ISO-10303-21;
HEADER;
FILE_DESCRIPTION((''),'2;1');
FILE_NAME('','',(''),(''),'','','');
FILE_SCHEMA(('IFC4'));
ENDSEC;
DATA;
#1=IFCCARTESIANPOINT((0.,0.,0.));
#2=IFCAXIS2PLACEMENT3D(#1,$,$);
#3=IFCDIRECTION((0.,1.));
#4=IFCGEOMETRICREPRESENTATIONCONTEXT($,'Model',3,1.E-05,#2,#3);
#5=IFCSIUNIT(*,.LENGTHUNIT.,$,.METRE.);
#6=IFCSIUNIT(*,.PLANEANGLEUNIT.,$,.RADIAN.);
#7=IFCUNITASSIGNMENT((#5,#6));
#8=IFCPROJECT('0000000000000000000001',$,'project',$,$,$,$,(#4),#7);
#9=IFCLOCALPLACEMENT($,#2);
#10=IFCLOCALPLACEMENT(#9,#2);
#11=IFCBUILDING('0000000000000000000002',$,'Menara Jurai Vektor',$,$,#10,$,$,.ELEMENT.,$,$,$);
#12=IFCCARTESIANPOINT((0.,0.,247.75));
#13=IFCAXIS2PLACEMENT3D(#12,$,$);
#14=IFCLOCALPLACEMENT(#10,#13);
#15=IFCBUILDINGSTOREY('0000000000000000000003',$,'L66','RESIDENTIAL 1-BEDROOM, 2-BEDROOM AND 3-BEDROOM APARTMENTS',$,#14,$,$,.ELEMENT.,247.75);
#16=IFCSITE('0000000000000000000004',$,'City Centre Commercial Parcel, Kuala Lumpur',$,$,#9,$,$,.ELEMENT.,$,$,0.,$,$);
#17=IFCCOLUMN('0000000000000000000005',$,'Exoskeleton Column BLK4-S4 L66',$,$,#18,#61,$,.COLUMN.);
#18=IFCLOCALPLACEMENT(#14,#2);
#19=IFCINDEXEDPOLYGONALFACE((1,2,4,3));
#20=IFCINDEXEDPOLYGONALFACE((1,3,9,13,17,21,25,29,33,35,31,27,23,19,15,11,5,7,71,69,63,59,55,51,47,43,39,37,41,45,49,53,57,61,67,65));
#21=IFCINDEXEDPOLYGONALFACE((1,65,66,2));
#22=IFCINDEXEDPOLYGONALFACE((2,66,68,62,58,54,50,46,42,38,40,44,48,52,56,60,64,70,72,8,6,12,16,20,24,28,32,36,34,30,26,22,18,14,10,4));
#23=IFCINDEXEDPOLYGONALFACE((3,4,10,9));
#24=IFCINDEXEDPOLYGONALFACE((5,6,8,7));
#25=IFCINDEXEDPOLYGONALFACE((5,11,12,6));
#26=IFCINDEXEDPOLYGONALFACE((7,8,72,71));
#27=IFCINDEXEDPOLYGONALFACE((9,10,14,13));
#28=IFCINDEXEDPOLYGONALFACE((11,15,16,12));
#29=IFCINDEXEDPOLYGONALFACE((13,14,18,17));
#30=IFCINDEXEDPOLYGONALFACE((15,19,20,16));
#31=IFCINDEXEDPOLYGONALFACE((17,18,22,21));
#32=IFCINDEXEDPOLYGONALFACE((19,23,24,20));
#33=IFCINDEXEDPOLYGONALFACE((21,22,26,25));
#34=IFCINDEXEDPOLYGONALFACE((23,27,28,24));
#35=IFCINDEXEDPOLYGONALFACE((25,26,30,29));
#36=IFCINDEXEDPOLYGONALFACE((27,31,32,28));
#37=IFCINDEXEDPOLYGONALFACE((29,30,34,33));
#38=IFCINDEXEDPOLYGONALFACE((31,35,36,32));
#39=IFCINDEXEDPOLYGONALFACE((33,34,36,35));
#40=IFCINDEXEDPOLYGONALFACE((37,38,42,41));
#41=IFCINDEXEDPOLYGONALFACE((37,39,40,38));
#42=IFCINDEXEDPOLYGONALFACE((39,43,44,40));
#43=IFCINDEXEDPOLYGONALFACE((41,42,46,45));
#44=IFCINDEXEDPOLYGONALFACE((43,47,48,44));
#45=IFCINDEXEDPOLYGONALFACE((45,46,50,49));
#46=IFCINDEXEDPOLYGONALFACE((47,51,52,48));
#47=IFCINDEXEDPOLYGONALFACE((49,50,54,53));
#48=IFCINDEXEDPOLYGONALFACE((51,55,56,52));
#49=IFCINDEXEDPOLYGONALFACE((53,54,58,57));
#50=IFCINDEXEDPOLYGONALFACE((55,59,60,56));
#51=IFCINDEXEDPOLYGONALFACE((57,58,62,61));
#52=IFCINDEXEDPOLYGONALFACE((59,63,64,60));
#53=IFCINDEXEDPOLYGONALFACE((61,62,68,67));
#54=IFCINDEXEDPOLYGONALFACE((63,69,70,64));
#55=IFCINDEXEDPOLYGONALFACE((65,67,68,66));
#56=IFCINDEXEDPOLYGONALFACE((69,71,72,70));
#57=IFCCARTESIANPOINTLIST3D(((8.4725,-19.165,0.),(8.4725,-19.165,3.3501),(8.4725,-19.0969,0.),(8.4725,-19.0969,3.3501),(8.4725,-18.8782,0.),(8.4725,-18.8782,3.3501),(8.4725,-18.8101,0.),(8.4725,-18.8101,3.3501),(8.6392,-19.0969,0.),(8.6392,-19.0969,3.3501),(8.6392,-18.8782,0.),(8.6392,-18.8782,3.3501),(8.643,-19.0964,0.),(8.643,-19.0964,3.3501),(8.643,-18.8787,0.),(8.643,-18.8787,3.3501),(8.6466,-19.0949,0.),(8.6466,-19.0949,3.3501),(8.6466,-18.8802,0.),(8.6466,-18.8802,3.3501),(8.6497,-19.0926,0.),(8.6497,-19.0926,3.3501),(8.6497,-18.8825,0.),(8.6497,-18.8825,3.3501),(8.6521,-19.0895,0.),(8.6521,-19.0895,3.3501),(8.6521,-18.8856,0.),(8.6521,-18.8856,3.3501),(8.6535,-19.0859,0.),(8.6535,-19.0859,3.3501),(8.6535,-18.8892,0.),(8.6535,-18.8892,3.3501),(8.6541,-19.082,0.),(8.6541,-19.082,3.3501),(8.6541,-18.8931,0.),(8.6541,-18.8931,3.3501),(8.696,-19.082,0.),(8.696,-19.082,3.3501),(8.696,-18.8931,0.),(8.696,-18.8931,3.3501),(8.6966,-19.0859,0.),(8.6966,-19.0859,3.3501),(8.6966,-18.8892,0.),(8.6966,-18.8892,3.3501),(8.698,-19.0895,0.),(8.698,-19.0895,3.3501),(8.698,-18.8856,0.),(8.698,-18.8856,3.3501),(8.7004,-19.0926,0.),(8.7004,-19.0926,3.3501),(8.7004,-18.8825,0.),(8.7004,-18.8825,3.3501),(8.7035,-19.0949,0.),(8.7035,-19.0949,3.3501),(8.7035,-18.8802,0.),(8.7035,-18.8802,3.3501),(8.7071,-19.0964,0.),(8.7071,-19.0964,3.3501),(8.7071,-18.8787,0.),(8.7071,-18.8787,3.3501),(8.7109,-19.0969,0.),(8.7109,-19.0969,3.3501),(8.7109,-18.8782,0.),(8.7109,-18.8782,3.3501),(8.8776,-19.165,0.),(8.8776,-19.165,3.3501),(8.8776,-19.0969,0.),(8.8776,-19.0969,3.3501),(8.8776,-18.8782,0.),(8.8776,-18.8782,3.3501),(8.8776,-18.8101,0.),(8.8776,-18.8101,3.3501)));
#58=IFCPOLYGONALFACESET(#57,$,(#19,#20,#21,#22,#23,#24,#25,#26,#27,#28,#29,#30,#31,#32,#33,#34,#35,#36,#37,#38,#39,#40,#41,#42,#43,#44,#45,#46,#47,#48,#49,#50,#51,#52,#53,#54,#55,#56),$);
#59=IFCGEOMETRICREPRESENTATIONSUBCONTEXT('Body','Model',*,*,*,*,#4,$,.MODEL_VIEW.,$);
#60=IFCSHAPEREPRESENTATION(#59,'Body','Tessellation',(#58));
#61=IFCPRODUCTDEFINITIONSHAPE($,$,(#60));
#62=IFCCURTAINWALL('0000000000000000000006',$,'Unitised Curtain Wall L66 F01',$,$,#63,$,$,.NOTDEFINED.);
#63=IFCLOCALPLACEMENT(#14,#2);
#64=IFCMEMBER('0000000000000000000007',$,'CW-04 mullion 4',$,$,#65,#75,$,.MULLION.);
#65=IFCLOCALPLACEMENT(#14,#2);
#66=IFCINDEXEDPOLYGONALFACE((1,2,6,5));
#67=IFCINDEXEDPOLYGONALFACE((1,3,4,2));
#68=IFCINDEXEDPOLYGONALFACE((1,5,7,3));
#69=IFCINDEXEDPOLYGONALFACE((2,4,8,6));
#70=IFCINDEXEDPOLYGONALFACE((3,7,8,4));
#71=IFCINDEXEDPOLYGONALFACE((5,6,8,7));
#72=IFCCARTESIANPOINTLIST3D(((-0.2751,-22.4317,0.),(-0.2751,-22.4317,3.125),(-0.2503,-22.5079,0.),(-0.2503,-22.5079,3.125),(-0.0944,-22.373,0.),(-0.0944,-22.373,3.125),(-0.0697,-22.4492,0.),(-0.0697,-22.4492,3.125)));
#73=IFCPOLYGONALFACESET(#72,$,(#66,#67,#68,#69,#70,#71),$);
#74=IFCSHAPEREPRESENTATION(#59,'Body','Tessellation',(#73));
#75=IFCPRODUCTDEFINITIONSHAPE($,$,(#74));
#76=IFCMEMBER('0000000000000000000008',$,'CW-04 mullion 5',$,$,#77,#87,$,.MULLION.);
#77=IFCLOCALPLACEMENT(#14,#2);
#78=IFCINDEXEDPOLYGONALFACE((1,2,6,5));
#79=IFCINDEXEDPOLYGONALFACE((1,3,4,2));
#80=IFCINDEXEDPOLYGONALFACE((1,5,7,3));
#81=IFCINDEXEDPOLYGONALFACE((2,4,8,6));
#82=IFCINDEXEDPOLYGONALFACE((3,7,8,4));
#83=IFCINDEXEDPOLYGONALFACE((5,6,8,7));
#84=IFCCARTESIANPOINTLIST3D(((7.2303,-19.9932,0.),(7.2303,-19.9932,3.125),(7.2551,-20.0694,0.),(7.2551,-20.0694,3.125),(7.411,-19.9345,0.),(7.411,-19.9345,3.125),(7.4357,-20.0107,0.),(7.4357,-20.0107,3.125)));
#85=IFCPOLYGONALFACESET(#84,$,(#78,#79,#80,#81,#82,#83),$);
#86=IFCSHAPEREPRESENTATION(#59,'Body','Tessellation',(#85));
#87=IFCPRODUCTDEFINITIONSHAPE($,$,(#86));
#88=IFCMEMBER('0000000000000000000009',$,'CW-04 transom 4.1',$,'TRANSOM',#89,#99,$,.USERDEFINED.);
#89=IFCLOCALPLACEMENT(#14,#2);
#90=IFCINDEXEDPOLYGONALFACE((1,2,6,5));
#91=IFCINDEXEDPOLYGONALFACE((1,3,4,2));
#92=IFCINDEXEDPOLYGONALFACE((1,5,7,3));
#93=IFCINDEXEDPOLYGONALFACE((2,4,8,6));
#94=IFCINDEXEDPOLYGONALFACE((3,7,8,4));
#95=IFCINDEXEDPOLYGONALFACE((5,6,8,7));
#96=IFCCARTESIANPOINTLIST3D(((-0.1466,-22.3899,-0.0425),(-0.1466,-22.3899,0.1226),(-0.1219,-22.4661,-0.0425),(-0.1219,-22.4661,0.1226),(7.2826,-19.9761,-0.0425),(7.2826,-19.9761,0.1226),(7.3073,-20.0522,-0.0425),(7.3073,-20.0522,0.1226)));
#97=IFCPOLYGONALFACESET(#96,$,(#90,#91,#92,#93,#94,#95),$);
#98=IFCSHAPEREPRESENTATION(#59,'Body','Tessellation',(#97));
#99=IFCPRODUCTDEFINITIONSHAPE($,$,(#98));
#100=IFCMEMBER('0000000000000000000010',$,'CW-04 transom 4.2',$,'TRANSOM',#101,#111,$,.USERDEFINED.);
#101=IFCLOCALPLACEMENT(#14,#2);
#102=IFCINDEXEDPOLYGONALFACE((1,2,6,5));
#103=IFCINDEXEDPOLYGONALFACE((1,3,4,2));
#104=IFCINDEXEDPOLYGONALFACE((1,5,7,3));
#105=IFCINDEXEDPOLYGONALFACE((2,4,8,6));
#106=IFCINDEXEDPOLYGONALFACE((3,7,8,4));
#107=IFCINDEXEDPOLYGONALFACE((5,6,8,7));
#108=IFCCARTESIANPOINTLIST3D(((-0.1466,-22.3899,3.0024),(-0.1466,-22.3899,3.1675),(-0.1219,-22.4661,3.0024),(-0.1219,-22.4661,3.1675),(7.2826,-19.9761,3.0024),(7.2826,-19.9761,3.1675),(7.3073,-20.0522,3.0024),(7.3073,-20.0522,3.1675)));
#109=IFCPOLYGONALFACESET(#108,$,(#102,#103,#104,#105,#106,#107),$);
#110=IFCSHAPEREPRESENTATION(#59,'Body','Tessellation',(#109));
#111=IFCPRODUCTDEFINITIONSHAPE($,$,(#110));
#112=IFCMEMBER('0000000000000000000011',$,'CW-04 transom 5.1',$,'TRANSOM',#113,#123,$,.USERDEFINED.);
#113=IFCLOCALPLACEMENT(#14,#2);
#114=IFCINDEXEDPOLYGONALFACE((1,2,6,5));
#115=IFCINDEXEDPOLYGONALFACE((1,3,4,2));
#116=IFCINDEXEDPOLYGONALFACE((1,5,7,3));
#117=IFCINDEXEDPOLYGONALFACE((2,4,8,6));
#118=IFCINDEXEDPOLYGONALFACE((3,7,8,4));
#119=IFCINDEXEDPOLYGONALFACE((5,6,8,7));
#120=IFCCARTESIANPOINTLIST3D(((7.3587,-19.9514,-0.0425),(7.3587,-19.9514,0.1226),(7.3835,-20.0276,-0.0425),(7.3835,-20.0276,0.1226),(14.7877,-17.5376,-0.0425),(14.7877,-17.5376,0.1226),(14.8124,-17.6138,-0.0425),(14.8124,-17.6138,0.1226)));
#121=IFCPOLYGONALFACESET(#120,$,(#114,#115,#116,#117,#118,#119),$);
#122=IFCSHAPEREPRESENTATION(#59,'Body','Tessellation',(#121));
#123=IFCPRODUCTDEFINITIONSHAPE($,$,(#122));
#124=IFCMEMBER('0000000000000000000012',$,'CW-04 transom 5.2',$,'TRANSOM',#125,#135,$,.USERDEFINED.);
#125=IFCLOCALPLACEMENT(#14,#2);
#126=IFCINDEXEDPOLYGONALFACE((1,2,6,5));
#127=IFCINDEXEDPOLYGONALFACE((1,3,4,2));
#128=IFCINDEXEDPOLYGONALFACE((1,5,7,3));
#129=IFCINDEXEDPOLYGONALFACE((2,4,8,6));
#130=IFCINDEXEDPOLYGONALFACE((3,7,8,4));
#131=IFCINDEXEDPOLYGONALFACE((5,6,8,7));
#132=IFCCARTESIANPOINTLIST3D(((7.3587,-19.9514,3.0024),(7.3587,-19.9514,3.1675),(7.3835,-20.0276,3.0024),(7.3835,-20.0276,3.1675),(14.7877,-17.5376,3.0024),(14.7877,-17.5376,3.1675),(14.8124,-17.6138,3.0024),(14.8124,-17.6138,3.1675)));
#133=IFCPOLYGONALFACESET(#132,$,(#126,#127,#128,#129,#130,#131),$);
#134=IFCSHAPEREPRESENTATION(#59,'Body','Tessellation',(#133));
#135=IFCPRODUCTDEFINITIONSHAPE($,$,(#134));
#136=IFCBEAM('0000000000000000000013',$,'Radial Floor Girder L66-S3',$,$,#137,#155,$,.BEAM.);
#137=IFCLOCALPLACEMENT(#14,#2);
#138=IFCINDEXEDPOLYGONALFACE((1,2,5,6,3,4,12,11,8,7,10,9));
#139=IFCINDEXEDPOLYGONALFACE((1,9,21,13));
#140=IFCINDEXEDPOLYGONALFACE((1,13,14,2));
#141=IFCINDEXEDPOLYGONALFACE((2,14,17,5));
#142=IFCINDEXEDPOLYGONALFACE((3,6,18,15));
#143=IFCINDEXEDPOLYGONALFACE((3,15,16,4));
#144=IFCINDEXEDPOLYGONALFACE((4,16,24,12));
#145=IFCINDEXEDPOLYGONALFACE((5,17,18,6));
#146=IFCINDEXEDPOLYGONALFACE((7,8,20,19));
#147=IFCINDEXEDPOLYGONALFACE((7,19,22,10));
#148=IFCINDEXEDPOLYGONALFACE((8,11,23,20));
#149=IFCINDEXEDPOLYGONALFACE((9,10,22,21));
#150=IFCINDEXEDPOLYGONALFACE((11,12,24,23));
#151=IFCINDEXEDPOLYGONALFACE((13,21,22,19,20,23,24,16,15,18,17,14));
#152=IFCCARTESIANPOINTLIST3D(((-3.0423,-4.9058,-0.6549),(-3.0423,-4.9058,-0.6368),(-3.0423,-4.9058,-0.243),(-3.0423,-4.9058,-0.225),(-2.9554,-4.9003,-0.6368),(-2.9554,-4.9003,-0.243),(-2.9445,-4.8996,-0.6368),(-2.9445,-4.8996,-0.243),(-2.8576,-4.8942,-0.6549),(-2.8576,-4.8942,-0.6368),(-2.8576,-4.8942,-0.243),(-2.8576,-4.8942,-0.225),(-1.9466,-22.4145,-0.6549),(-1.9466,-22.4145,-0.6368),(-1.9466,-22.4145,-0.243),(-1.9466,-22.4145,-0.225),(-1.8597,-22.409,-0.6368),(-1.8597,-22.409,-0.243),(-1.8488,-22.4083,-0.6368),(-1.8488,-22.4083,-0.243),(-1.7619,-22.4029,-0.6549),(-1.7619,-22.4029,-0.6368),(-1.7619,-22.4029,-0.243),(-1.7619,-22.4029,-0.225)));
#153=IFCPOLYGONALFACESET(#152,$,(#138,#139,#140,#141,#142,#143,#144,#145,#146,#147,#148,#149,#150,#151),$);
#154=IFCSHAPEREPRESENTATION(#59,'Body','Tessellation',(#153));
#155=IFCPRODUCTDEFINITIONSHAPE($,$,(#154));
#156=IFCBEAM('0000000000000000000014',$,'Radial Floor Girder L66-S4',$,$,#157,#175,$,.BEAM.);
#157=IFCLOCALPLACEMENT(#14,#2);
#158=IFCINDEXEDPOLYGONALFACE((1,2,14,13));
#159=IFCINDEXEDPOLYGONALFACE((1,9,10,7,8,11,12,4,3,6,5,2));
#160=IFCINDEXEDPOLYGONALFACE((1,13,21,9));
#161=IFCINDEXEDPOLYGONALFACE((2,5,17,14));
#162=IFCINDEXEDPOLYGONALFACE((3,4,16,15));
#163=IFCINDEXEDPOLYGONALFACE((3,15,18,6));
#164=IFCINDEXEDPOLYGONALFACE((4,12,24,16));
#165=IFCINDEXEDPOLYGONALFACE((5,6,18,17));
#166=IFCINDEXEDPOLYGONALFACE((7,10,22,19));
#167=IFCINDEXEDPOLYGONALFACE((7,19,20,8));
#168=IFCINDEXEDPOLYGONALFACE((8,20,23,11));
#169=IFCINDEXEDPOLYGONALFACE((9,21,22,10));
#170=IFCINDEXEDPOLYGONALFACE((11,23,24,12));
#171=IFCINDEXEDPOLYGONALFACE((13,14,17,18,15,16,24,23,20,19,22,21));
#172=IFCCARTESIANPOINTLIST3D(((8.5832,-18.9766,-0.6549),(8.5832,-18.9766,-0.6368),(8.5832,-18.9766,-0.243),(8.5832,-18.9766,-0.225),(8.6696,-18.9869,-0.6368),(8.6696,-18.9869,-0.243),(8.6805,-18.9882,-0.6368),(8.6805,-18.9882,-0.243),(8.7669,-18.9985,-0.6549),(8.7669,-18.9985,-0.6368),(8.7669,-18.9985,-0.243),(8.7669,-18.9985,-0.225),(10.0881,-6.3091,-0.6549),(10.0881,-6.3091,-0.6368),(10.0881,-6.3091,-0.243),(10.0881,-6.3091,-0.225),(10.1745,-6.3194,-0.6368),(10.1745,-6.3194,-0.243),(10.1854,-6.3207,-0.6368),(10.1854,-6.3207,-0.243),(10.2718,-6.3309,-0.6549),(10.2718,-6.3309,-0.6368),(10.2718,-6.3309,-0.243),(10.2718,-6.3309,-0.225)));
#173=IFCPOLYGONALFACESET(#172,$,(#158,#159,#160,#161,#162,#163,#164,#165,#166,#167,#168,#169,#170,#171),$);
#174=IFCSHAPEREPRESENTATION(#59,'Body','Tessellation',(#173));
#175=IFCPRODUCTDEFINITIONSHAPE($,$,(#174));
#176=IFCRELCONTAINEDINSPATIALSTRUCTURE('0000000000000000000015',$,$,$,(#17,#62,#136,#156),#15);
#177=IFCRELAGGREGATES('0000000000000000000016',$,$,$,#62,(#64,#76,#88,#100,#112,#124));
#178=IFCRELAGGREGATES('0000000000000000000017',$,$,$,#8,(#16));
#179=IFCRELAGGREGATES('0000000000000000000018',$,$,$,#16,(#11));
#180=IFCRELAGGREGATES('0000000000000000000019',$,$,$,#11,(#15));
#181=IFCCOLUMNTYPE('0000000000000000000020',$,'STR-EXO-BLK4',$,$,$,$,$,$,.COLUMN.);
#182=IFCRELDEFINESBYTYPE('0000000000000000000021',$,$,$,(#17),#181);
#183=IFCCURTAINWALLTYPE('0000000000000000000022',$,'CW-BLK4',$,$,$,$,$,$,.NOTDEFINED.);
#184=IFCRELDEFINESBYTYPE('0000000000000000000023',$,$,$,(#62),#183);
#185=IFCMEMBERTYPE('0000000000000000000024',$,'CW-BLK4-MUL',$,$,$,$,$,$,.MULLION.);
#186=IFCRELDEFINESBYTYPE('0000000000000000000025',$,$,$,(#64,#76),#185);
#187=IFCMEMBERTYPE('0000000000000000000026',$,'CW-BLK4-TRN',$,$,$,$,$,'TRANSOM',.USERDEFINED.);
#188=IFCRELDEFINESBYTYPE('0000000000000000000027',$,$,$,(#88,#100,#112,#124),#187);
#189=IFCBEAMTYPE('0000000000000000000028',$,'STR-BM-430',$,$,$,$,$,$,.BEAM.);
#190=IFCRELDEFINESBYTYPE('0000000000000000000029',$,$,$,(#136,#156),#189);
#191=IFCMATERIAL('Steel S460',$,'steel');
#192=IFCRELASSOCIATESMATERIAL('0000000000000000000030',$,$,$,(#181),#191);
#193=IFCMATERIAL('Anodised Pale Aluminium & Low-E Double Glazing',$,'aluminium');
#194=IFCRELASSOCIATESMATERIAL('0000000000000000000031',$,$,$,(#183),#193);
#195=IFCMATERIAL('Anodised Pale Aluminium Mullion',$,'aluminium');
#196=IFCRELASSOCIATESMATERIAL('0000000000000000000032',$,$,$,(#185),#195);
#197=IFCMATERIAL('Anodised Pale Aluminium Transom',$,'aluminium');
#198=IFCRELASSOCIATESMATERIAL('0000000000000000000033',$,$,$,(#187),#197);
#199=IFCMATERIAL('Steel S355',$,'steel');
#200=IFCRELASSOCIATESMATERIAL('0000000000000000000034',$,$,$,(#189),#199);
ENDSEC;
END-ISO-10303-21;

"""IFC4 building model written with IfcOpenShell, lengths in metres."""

from ifc_helpers import new_model, si_unit, direction, frame, origin, origin_2d, place, context, subcontext, project, spatial, rectangle, i_section, extrude, material, material_profile, profile_set, type_object, element, aggregate, save


model = new_model("IFC4")

# Units and contexts
model_context = context("Model", 3, precision=1e-05, world=origin(), true_north=direction((0.0, 1.0)))
body_context = subcontext(model_context, "Body", "Model", "MODEL_VIEW")
ifc_project = project(units=[si_unit("LENGTHUNIT", "METRE"), si_unit("PLANEANGLEUNIT", "RADIAN")], contexts=[model_context])

# Site, building, storey
site_placement = place(None, origin())
site = spatial("IfcSite", under=ifc_project, at=site_placement, Name="City Centre Commercial Parcel, Kuala Lumpur", CompositionType="ELEMENT", RefElevation=0.0)
building_placement = place(site_placement, origin())
building = spatial("IfcBuilding", under=site, at=building_placement, Name="Menara Jurai Vektor", CompositionType="ELEMENT")
storey_placement = place(building_placement, frame((0.0, 0.0, 247.75)))
storey = spatial("IfcBuildingStorey", under=building, at=storey_placement, Name="L66", Description="RESIDENTIAL 1-BEDROOM, 2-BEDROOM AND 3-BEDROOM APARTMENTS", CompositionType="ELEMENT", Elevation=247.75)

# Column
ifc_material_1 = material(Name="Steel S460", Category="steel")
ifc_material_profile_1 = material_profile(ifc_material_1, i_section(OverallWidth=0.405, OverallDepth=0.355, WebThickness=0.042, FlangeThickness=0.0681, FilletRadius=0.0149, at=origin_2d()), Name="HD 400x551")
ifc_profile_set_1 = profile_set([ifc_material_profile_1], Name="Steel S460")
column_type = type_object("IfcColumnType", Name="STR-EXO-BLK4", PredefinedType="COLUMN", material=ifc_profile_set_1)
column_placement = place(storey_placement, frame((8.675, -18.9875, 0.0), z_axis=(0.0, 0.0, 1.0), x_axis=(1.0, 0.0, 0.0)))
element("IfcColumn", 1, at=column_placement, inside=storey, type_object=column_type, Name="Exoskeleton Column BLK4-S4 L66", PredefinedType="COLUMN", context=body_context, shape_type="SweptSolid", body=[
    extrude(i_section(OverallWidth=0.405, OverallDepth=0.355, WebThickness=0.042, FlangeThickness=0.0681, FilletRadius=0.0149, at=origin_2d()), origin(), (0.0, 0.0, 1.0), 3.3501),
])

# Curtain wall, members
ifc_material_2 = material(Name="Anodised Pale Aluminium & Low-E Double Glazing", Category="aluminium")
curtain_wall_type = type_object("IfcCurtainWallType", Name="CW-BLK4", PredefinedType="NOTDEFINED", material=ifc_material_2)
curtain_wall_placement = place(storey_placement, origin())
curtain_wall = element("IfcCurtainWall", 2, at=curtain_wall_placement, inside=storey, type_object=curtain_wall_type, Name="Unitised Curtain Wall L66 F01", PredefinedType="NOTDEFINED")
ifc_material_3 = material(Name="Anodised Pale Aluminium Mullion", Category="aluminium")
ifc_material_profile_2 = material_profile(ifc_material_3, rectangle(XDim=0.0801, YDim=0.1899, at=origin_2d()), Name="ALU MUL 80x190")
ifc_profile_set_2 = profile_set([ifc_material_profile_2], Name="Anodised Pale Aluminium Mullion")
member_type_1 = type_object("IfcMemberType", Name="CW-BLK4-MUL", PredefinedType="MULLION", material=ifc_profile_set_2)
member_1_placement = place(storey_placement, frame((-0.1724, -22.4404, 0.0), z_axis=(0.0, 0.0, 1.0), x_axis=(-0.309017, 0.951056, 0.0)))
member_1 = element("IfcMember", 3, at=member_1_placement, type_object=member_type_1, Name="CW-04 mullion 4", PredefinedType="MULLION", context=body_context, shape_type="SweptSolid", body=[
    extrude(rectangle(XDim=0.0801, YDim=0.1899, at=origin_2d()), origin(), (0.0, 0.0, 1.0), 3.125),
])
member_2_placement = place(storey_placement, frame((7.333, -20.002, 0.0), z_axis=(0.0, 0.0, 1.0), x_axis=(-0.309017, 0.951056, 0.0)))
member_2 = element("IfcMember", 4, at=member_2_placement, type_object=member_type_1, Name="CW-04 mullion 5", PredefinedType="MULLION", context=body_context, shape_type="SweptSolid", body=[
    extrude(rectangle(XDim=0.0801, YDim=0.1899, at=origin_2d()), origin(), (0.0, 0.0, 1.0), 3.125),
])
ifc_material_4 = material(Name="Anodised Pale Aluminium Transom", Category="aluminium")
ifc_material_profile_3 = material_profile(ifc_material_4, rectangle(XDim=0.0801, YDim=0.165, at=origin_2d()), Name="ALU TRN 80x165")
ifc_profile_set_3 = profile_set([ifc_material_profile_3], Name="Anodised Pale Aluminium Transom")
member_type_2 = type_object("IfcMemberType", Name="CW-BLK4-TRN", ElementType="TRANSOM", PredefinedType="USERDEFINED", material=ifc_profile_set_3)
member_3_placement = place(storey_placement, frame((-0.1343, -22.428, 0.04), z_axis=(0.951059, 0.309008, 0.0), x_axis=(-0.309008, 0.951059, 0.0)))
member_3 = element("IfcMember", 5, at=member_3_placement, type_object=member_type_2, Name="CW-04 transom 4.1", ObjectType="TRANSOM", PredefinedType="USERDEFINED", context=body_context, shape_type="SweptSolid", body=[
    extrude(rectangle(XDim=0.0801, YDim=0.165, at=origin_2d()), origin(), (0.0, 0.0, 1.0), 7.8115),
])
member_4_placement = place(storey_placement, frame((-0.1343, -22.428, 3.085), z_axis=(0.951059, 0.309008, 0.0), x_axis=(-0.309008, 0.951059, 0.0)))
member_4 = element("IfcMember", 6, at=member_4_placement, type_object=member_type_2, Name="CW-04 transom 4.2", ObjectType="TRANSOM", PredefinedType="USERDEFINED", context=body_context, shape_type="SweptSolid", body=[
    extrude(rectangle(XDim=0.0801, YDim=0.165, at=origin_2d()), origin(), (0.0, 0.0, 1.0), 7.8115),
])
member_5_placement = place(storey_placement, frame((7.3711, -19.9895, 0.04), z_axis=(0.951056, 0.309018, 0.0), x_axis=(-0.309018, 0.951056, 0.0)))
member_5 = element("IfcMember", 7, at=member_5_placement, type_object=member_type_2, Name="CW-04 transom 5.1", ObjectType="TRANSOM", PredefinedType="USERDEFINED", context=body_context, shape_type="SweptSolid", body=[
    extrude(rectangle(XDim=0.0801, YDim=0.165, at=origin_2d()), origin(), (0.0, 0.0, 1.0), 7.8113),
])
member_6_placement = place(storey_placement, frame((7.3711, -19.9895, 3.085), z_axis=(0.951056, 0.309018, 0.0), x_axis=(-0.309018, 0.951056, 0.0)))
member_6 = element("IfcMember", 8, at=member_6_placement, type_object=member_type_2, Name="CW-04 transom 5.2", ObjectType="TRANSOM", PredefinedType="USERDEFINED", context=body_context, shape_type="SweptSolid", body=[
    extrude(rectangle(XDim=0.0801, YDim=0.165, at=origin_2d()), origin(), (0.0, 0.0, 1.0), 7.8113),
])

# Beams
ifc_material_5 = material(Name="Steel S355", Category="steel")
ifc_material_profile_4 = material_profile(ifc_material_5, i_section(OverallWidth=0.1851, OverallDepth=0.4299, WebThickness=0.011, FlangeThickness=0.0181, at=origin_2d()), Name="PG 430x185x76")
ifc_profile_set_4 = profile_set([ifc_material_profile_4], Name="Steel S355")
beam_type_1 = type_object("IfcBeamType", Name="STR-BM-430", PredefinedType="BEAM", material=ifc_profile_set_4)
beam_1_placement = place(storey_placement, frame((-1.8542, -22.4087, -0.4399), z_axis=(-0.062458, 0.998048, 0.0), x_axis=(-0.998048, -0.062458, 0.0)))
element("IfcBeam", 9, at=beam_1_placement, inside=storey, type_object=beam_type_1, Name="Radial Floor Girder L66-S3", PredefinedType="BEAM", context=body_context, shape_type="SweptSolid", body=[
    extrude(i_section(OverallWidth=0.1851, OverallDepth=0.4299, WebThickness=0.011, FlangeThickness=0.0181, at=origin_2d()), origin(), (0.0, 0.0, 1.0), 17.543),
])
beam_2_placement = place(storey_placement, frame((8.675, -18.9875, -0.4399), z_axis=(0.117969, 0.993017, 0.0), x_axis=(-0.993017, 0.117969, 0.0)))
element("IfcBeam", 10, at=beam_2_placement, inside=storey, type_object=beam_type_1, Name="Radial Floor Girder L66-S4", PredefinedType="BEAM", context=body_context, shape_type="SweptSolid", body=[
    extrude(i_section(OverallWidth=0.1851, OverallDepth=0.4299, WebThickness=0.011, FlangeThickness=0.0181, at=origin_2d()), origin(), (0.0, 0.0, 1.0), 12.7566),
])

aggregate(curtain_wall, [member_1, member_2, member_3, member_4, member_5, member_6])

save(model, "model.ifc")
